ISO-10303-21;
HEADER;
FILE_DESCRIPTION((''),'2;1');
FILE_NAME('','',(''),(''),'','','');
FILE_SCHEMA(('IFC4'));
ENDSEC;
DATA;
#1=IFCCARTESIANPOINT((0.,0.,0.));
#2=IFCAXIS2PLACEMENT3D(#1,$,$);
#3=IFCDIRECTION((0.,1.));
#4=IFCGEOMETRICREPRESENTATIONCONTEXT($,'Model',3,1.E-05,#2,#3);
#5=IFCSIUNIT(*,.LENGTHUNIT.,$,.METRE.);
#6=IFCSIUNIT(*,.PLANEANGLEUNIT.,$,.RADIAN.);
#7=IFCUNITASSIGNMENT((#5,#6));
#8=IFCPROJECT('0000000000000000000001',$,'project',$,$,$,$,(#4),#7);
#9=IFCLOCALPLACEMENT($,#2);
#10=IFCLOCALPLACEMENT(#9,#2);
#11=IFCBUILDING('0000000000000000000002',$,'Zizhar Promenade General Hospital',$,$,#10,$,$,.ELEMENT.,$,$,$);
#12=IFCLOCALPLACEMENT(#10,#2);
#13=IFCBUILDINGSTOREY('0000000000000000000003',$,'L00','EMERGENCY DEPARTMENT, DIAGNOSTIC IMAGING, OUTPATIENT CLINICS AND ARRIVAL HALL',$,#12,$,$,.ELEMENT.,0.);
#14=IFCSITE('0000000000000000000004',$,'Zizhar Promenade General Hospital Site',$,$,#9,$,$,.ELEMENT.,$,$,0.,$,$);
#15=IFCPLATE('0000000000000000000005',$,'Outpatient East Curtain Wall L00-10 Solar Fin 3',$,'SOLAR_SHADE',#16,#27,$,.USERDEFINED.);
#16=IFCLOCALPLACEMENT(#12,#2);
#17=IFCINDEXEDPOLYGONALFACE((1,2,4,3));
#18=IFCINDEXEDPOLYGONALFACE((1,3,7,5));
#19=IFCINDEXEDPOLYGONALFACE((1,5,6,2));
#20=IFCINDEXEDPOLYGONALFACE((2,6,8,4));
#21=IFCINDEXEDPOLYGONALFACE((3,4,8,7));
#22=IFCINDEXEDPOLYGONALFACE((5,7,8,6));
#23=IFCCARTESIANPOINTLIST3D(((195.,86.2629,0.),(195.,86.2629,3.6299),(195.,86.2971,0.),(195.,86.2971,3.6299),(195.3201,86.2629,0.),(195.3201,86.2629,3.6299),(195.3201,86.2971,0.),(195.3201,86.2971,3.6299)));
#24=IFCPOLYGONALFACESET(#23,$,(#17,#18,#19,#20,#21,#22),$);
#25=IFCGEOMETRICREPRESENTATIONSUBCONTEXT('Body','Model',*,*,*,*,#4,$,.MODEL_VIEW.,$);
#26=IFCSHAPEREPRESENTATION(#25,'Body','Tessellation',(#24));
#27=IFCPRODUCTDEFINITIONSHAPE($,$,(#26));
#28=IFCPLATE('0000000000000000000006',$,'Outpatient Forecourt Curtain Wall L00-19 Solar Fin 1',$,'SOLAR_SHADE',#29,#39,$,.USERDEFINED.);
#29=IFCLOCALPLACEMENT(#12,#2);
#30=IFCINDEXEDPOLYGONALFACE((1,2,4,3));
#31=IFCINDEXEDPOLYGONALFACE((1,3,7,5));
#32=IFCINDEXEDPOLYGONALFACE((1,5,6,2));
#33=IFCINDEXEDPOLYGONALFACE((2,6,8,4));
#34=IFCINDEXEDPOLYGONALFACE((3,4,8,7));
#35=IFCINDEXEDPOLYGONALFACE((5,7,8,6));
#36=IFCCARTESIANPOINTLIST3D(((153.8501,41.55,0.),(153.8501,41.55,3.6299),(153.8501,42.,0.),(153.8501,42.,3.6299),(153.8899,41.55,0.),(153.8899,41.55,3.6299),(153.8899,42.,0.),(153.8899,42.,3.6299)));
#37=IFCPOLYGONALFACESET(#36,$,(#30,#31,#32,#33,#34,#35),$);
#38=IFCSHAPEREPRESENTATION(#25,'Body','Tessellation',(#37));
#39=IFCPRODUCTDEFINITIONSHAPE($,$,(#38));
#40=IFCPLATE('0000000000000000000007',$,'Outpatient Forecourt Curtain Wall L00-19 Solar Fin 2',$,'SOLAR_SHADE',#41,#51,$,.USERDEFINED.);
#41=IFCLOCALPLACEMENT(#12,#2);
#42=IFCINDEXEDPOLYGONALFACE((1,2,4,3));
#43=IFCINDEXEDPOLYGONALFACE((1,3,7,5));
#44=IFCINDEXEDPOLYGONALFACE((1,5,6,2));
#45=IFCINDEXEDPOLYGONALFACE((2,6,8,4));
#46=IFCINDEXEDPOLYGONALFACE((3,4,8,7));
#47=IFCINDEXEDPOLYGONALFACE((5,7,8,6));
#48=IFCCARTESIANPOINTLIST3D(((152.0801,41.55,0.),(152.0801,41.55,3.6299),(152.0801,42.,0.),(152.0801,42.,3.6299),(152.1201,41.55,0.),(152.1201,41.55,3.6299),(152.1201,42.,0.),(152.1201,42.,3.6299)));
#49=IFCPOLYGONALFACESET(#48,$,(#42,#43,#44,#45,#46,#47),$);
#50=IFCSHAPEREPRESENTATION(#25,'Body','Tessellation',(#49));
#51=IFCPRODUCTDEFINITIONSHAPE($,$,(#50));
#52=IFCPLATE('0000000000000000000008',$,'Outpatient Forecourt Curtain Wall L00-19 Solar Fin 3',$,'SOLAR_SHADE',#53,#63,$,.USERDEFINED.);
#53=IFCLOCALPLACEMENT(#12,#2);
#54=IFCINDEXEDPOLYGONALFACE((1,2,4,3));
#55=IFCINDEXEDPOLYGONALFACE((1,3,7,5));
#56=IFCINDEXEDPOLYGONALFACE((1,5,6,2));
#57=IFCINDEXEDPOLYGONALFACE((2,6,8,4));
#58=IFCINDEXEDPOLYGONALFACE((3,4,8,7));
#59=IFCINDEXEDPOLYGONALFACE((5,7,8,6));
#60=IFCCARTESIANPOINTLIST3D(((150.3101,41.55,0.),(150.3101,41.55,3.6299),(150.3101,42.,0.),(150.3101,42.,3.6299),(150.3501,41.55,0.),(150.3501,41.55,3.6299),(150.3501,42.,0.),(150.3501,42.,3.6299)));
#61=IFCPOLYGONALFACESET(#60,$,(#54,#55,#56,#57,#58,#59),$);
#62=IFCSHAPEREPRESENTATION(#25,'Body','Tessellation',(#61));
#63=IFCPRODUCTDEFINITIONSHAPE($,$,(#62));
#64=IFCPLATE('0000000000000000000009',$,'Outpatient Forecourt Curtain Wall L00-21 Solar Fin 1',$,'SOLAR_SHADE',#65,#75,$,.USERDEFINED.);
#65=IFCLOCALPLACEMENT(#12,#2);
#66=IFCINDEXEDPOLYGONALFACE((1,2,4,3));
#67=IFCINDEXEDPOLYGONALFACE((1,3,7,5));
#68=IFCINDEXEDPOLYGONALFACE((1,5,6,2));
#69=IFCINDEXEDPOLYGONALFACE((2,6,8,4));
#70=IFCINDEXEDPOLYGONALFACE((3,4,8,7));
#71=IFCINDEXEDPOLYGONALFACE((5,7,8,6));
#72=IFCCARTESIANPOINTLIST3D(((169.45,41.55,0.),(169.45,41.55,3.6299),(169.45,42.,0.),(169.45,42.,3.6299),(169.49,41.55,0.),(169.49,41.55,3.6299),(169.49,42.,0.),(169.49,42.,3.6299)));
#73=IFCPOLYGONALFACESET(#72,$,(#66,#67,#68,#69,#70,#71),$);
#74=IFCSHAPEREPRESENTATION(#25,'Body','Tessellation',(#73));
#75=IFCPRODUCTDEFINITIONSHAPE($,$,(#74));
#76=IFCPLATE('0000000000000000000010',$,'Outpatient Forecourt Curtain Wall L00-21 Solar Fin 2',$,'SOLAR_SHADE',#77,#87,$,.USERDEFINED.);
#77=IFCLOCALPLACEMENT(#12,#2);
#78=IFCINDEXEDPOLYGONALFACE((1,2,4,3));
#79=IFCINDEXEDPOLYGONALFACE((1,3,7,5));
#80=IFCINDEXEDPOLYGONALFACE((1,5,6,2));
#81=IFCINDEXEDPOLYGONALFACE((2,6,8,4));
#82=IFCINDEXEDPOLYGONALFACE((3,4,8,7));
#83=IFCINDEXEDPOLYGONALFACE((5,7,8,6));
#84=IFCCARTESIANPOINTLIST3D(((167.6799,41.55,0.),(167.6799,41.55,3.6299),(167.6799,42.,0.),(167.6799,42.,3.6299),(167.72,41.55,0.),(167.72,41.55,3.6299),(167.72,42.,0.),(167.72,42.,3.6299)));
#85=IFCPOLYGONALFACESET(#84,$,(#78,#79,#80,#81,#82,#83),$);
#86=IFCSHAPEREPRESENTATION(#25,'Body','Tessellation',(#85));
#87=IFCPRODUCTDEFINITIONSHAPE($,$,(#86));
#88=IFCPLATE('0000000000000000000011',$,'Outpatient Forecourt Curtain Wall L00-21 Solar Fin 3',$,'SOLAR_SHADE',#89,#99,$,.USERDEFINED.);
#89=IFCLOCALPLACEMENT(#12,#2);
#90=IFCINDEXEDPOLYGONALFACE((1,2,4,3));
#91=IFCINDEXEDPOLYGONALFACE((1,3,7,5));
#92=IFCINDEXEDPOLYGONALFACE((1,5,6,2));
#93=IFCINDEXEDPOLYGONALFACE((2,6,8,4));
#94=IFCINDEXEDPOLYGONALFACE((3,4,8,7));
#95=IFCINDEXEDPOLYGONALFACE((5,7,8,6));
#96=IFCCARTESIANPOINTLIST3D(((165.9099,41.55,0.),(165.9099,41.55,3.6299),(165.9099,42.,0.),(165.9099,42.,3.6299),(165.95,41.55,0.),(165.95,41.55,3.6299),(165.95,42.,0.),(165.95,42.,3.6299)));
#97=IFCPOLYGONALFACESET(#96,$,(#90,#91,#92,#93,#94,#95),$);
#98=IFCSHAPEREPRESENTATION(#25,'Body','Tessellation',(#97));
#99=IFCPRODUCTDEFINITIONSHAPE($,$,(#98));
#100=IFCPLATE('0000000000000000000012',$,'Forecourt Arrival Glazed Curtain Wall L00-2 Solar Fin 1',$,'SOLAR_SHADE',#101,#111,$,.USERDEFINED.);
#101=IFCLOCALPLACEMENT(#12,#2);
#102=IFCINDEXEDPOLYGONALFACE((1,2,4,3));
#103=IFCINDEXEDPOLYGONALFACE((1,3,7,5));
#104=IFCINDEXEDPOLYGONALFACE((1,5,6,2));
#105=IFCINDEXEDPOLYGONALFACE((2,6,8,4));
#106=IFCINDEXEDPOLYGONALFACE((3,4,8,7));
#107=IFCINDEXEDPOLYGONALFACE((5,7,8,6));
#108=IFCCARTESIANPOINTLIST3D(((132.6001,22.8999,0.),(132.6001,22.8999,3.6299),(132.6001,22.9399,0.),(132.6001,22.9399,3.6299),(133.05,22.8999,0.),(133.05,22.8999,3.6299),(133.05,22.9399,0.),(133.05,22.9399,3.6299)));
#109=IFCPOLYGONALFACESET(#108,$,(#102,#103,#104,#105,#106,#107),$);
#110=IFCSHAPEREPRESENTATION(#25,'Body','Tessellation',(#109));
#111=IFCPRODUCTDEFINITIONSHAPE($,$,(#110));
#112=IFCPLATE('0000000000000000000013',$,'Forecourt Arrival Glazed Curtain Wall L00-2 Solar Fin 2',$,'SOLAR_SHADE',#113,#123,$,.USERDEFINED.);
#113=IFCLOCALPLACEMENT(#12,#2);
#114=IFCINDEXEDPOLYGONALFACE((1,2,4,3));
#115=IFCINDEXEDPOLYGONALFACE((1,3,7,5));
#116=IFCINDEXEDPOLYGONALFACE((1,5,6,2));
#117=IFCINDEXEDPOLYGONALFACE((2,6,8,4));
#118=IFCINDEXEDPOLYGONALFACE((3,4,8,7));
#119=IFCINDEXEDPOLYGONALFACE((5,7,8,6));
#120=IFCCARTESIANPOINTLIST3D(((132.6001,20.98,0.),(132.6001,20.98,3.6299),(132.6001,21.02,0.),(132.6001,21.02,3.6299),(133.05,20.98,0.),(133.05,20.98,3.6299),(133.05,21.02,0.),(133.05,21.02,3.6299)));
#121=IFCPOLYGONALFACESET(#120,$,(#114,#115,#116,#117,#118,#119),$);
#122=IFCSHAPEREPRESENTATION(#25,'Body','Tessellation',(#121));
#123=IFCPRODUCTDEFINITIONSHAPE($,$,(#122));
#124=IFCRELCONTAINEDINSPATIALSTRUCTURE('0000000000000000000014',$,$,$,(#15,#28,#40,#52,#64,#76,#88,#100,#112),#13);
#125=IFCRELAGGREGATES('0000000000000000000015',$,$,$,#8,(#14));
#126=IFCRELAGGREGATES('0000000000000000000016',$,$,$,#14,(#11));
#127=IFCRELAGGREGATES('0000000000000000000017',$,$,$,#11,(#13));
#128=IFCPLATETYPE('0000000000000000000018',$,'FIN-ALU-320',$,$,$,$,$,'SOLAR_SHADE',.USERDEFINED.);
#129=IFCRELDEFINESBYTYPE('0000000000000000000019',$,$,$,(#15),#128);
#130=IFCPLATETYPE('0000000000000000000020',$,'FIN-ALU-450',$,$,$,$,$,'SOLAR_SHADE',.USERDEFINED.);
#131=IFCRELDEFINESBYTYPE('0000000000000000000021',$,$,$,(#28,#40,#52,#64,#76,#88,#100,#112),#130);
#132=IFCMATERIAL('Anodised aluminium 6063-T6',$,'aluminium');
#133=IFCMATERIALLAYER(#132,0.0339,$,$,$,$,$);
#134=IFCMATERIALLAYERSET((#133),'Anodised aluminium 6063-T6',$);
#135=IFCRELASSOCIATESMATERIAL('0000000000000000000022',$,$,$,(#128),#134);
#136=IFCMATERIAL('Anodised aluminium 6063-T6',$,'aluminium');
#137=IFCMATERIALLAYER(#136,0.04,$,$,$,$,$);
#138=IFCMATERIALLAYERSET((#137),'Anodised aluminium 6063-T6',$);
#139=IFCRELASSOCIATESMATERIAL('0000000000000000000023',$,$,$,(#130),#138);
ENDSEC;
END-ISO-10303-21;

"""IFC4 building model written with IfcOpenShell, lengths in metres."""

from ifc_helpers import new_model, si_unit, direction, origin, place, context, subcontext, project, spatial, polyline, outline, extrude, material, layer, layer_set, type_object, element, save


model = new_model("IFC4")

# Units and contexts
model_context = context("Model", 3, precision=1e-05, world=origin(), true_north=direction((0.0, 1.0)))
body_context = subcontext(model_context, "Body", "Model", "MODEL_VIEW")
ifc_project = project(units=[si_unit("LENGTHUNIT", "METRE"), si_unit("PLANEANGLEUNIT", "RADIAN")], contexts=[model_context])

# Site, building, storey
site_placement = place(None, origin())
site = spatial("IfcSite", under=ifc_project, at=site_placement, Name="Zizhar Promenade General Hospital Site", CompositionType="ELEMENT", RefElevation=0.0)
building_placement = place(site_placement, origin())
building = spatial("IfcBuilding", under=site, at=building_placement, Name="Zizhar Promenade General Hospital", CompositionType="ELEMENT")
storey_placement = place(building_placement, origin())
storey = spatial("IfcBuildingStorey", under=building, at=storey_placement, Name="L00", Description="EMERGENCY DEPARTMENT, DIAGNOSTIC IMAGING, OUTPATIENT CLINICS AND ARRIVAL HALL", CompositionType="ELEMENT", Elevation=0.0)

# Plates
ifc_material_1 = material(Name="Anodised aluminium 6063-T6", Category="aluminium")
ifc_layer_1 = layer(ifc_material_1, 0.0339)
ifc_layer_set_1 = layer_set([ifc_layer_1], Name="Anodised aluminium 6063-T6")
plate_type_1 = type_object("IfcPlateType", Name="FIN-ALU-320", ElementType="SOLAR_SHADE", PredefinedType="USERDEFINED", material=ifc_layer_set_1)
plate_1_placement = place(storey_placement, origin())
element("IfcPlate", 1, at=plate_1_placement, inside=storey, type_object=plate_type_1, Name="Outpatient East Curtain Wall L00-10 Solar Fin 3", ObjectType="SOLAR_SHADE", PredefinedType="USERDEFINED", context=body_context, shape_type="SweptSolid", body=[
    extrude(outline(polyline([(195.0, 86.2971), (195.0, 86.2629), (195.3201, 86.2629), (195.3201, 86.2971), (195.0, 86.2971)])), origin(), (0.0, 0.0, 1.0), 3.6299),
])
ifc_material_2 = material(Name="Anodised aluminium 6063-T6", Category="aluminium")
ifc_layer_2 = layer(ifc_material_2, 0.04)
ifc_layer_set_2 = layer_set([ifc_layer_2], Name="Anodised aluminium 6063-T6")
plate_type_2 = type_object("IfcPlateType", Name="FIN-ALU-450", ElementType="SOLAR_SHADE", PredefinedType="USERDEFINED", material=ifc_layer_set_2)
plate_2_placement = place(storey_placement, origin())
element("IfcPlate", 2, at=plate_2_placement, inside=storey, type_object=plate_type_2, Name="Outpatient Forecourt Curtain Wall L00-19 Solar Fin 1", ObjectType="SOLAR_SHADE", PredefinedType="USERDEFINED", context=body_context, shape_type="SweptSolid", body=[
    extrude(outline(polyline([(153.8899, 42.0), (153.8501, 42.0), (153.8501, 41.55), (153.8899, 41.55), (153.8899, 42.0)])), origin(), (0.0, 0.0, 1.0), 3.6299),
])
plate_3_placement = place(storey_placement, origin())
element("IfcPlate", 3, at=plate_3_placement, inside=storey, type_object=plate_type_2, Name="Outpatient Forecourt Curtain Wall L00-19 Solar Fin 2", ObjectType="SOLAR_SHADE", PredefinedType="USERDEFINED", context=body_context, shape_type="SweptSolid", body=[
    extrude(outline(polyline([(152.1201, 42.0), (152.0801, 42.0), (152.0801, 41.55), (152.1201, 41.55), (152.1201, 42.0)])), origin(), (0.0, 0.0, 1.0), 3.6299),
])
plate_4_placement = place(storey_placement, origin())
element("IfcPlate", 4, at=plate_4_placement, inside=storey, type_object=plate_type_2, Name="Outpatient Forecourt Curtain Wall L00-19 Solar Fin 3", ObjectType="SOLAR_SHADE", PredefinedType="USERDEFINED", context=body_context, shape_type="SweptSolid", body=[
    extrude(outline(polyline([(150.3501, 42.0), (150.3101, 42.0), (150.3101, 41.55), (150.3501, 41.55), (150.3501, 42.0)])), origin(), (0.0, 0.0, 1.0), 3.6299),
])
plate_5_placement = place(storey_placement, origin())
element("IfcPlate", 5, at=plate_5_placement, inside=storey, type_object=plate_type_2, Name="Outpatient Forecourt Curtain Wall L00-21 Solar Fin 1", ObjectType="SOLAR_SHADE", PredefinedType="USERDEFINED", context=body_context, shape_type="SweptSolid", body=[
    extrude(outline(polyline([(169.49, 42.0), (169.45, 42.0), (169.45, 41.55), (169.49, 41.55), (169.49, 42.0)])), origin(), (0.0, 0.0, 1.0), 3.6299),
])
plate_6_placement = place(storey_placement, origin())
element("IfcPlate", 6, at=plate_6_placement, inside=storey, type_object=plate_type_2, Name="Outpatient Forecourt Curtain Wall L00-21 Solar Fin 2", ObjectType="SOLAR_SHADE", PredefinedType="USERDEFINED", context=body_context, shape_type="SweptSolid", body=[
    extrude(outline(polyline([(167.72, 42.0), (167.6799, 42.0), (167.6799, 41.55), (167.72, 41.55), (167.72, 42.0)])), origin(), (0.0, 0.0, 1.0), 3.6299),
])
plate_7_placement = place(storey_placement, origin())
element("IfcPlate", 7, at=plate_7_placement, inside=storey, type_object=plate_type_2, Name="Outpatient Forecourt Curtain Wall L00-21 Solar Fin 3", ObjectType="SOLAR_SHADE", PredefinedType="USERDEFINED", context=body_context, shape_type="SweptSolid", body=[
    extrude(outline(polyline([(165.95, 42.0), (165.9099, 42.0), (165.9099, 41.55), (165.95, 41.55), (165.95, 42.0)])), origin(), (0.0, 0.0, 1.0), 3.6299),
])
plate_8_placement = place(storey_placement, origin())
element("IfcPlate", 8, at=plate_8_placement, inside=storey, type_object=plate_type_2, Name="Forecourt Arrival Glazed Curtain Wall L00-2 Solar Fin 1", ObjectType="SOLAR_SHADE", PredefinedType="USERDEFINED", context=body_context, shape_type="SweptSolid", body=[
    extrude(outline(polyline([(132.6001, 22.9399), (132.6001, 22.8999), (133.05, 22.8999), (133.05, 22.9399), (132.6001, 22.9399)])), origin(), (0.0, 0.0, 1.0), 3.6299),
])
plate_9_placement = place(storey_placement, origin())
element("IfcPlate", 9, at=plate_9_placement, inside=storey, type_object=plate_type_2, Name="Forecourt Arrival Glazed Curtain Wall L00-2 Solar Fin 2", ObjectType="SOLAR_SHADE", PredefinedType="USERDEFINED", context=body_context, shape_type="SweptSolid", body=[
    extrude(outline(polyline([(132.6001, 21.02), (132.6001, 20.98), (133.05, 20.98), (133.05, 21.02), (132.6001, 21.02)])), origin(), (0.0, 0.0, 1.0), 3.6299),
])

save(model, "model.ifc")
